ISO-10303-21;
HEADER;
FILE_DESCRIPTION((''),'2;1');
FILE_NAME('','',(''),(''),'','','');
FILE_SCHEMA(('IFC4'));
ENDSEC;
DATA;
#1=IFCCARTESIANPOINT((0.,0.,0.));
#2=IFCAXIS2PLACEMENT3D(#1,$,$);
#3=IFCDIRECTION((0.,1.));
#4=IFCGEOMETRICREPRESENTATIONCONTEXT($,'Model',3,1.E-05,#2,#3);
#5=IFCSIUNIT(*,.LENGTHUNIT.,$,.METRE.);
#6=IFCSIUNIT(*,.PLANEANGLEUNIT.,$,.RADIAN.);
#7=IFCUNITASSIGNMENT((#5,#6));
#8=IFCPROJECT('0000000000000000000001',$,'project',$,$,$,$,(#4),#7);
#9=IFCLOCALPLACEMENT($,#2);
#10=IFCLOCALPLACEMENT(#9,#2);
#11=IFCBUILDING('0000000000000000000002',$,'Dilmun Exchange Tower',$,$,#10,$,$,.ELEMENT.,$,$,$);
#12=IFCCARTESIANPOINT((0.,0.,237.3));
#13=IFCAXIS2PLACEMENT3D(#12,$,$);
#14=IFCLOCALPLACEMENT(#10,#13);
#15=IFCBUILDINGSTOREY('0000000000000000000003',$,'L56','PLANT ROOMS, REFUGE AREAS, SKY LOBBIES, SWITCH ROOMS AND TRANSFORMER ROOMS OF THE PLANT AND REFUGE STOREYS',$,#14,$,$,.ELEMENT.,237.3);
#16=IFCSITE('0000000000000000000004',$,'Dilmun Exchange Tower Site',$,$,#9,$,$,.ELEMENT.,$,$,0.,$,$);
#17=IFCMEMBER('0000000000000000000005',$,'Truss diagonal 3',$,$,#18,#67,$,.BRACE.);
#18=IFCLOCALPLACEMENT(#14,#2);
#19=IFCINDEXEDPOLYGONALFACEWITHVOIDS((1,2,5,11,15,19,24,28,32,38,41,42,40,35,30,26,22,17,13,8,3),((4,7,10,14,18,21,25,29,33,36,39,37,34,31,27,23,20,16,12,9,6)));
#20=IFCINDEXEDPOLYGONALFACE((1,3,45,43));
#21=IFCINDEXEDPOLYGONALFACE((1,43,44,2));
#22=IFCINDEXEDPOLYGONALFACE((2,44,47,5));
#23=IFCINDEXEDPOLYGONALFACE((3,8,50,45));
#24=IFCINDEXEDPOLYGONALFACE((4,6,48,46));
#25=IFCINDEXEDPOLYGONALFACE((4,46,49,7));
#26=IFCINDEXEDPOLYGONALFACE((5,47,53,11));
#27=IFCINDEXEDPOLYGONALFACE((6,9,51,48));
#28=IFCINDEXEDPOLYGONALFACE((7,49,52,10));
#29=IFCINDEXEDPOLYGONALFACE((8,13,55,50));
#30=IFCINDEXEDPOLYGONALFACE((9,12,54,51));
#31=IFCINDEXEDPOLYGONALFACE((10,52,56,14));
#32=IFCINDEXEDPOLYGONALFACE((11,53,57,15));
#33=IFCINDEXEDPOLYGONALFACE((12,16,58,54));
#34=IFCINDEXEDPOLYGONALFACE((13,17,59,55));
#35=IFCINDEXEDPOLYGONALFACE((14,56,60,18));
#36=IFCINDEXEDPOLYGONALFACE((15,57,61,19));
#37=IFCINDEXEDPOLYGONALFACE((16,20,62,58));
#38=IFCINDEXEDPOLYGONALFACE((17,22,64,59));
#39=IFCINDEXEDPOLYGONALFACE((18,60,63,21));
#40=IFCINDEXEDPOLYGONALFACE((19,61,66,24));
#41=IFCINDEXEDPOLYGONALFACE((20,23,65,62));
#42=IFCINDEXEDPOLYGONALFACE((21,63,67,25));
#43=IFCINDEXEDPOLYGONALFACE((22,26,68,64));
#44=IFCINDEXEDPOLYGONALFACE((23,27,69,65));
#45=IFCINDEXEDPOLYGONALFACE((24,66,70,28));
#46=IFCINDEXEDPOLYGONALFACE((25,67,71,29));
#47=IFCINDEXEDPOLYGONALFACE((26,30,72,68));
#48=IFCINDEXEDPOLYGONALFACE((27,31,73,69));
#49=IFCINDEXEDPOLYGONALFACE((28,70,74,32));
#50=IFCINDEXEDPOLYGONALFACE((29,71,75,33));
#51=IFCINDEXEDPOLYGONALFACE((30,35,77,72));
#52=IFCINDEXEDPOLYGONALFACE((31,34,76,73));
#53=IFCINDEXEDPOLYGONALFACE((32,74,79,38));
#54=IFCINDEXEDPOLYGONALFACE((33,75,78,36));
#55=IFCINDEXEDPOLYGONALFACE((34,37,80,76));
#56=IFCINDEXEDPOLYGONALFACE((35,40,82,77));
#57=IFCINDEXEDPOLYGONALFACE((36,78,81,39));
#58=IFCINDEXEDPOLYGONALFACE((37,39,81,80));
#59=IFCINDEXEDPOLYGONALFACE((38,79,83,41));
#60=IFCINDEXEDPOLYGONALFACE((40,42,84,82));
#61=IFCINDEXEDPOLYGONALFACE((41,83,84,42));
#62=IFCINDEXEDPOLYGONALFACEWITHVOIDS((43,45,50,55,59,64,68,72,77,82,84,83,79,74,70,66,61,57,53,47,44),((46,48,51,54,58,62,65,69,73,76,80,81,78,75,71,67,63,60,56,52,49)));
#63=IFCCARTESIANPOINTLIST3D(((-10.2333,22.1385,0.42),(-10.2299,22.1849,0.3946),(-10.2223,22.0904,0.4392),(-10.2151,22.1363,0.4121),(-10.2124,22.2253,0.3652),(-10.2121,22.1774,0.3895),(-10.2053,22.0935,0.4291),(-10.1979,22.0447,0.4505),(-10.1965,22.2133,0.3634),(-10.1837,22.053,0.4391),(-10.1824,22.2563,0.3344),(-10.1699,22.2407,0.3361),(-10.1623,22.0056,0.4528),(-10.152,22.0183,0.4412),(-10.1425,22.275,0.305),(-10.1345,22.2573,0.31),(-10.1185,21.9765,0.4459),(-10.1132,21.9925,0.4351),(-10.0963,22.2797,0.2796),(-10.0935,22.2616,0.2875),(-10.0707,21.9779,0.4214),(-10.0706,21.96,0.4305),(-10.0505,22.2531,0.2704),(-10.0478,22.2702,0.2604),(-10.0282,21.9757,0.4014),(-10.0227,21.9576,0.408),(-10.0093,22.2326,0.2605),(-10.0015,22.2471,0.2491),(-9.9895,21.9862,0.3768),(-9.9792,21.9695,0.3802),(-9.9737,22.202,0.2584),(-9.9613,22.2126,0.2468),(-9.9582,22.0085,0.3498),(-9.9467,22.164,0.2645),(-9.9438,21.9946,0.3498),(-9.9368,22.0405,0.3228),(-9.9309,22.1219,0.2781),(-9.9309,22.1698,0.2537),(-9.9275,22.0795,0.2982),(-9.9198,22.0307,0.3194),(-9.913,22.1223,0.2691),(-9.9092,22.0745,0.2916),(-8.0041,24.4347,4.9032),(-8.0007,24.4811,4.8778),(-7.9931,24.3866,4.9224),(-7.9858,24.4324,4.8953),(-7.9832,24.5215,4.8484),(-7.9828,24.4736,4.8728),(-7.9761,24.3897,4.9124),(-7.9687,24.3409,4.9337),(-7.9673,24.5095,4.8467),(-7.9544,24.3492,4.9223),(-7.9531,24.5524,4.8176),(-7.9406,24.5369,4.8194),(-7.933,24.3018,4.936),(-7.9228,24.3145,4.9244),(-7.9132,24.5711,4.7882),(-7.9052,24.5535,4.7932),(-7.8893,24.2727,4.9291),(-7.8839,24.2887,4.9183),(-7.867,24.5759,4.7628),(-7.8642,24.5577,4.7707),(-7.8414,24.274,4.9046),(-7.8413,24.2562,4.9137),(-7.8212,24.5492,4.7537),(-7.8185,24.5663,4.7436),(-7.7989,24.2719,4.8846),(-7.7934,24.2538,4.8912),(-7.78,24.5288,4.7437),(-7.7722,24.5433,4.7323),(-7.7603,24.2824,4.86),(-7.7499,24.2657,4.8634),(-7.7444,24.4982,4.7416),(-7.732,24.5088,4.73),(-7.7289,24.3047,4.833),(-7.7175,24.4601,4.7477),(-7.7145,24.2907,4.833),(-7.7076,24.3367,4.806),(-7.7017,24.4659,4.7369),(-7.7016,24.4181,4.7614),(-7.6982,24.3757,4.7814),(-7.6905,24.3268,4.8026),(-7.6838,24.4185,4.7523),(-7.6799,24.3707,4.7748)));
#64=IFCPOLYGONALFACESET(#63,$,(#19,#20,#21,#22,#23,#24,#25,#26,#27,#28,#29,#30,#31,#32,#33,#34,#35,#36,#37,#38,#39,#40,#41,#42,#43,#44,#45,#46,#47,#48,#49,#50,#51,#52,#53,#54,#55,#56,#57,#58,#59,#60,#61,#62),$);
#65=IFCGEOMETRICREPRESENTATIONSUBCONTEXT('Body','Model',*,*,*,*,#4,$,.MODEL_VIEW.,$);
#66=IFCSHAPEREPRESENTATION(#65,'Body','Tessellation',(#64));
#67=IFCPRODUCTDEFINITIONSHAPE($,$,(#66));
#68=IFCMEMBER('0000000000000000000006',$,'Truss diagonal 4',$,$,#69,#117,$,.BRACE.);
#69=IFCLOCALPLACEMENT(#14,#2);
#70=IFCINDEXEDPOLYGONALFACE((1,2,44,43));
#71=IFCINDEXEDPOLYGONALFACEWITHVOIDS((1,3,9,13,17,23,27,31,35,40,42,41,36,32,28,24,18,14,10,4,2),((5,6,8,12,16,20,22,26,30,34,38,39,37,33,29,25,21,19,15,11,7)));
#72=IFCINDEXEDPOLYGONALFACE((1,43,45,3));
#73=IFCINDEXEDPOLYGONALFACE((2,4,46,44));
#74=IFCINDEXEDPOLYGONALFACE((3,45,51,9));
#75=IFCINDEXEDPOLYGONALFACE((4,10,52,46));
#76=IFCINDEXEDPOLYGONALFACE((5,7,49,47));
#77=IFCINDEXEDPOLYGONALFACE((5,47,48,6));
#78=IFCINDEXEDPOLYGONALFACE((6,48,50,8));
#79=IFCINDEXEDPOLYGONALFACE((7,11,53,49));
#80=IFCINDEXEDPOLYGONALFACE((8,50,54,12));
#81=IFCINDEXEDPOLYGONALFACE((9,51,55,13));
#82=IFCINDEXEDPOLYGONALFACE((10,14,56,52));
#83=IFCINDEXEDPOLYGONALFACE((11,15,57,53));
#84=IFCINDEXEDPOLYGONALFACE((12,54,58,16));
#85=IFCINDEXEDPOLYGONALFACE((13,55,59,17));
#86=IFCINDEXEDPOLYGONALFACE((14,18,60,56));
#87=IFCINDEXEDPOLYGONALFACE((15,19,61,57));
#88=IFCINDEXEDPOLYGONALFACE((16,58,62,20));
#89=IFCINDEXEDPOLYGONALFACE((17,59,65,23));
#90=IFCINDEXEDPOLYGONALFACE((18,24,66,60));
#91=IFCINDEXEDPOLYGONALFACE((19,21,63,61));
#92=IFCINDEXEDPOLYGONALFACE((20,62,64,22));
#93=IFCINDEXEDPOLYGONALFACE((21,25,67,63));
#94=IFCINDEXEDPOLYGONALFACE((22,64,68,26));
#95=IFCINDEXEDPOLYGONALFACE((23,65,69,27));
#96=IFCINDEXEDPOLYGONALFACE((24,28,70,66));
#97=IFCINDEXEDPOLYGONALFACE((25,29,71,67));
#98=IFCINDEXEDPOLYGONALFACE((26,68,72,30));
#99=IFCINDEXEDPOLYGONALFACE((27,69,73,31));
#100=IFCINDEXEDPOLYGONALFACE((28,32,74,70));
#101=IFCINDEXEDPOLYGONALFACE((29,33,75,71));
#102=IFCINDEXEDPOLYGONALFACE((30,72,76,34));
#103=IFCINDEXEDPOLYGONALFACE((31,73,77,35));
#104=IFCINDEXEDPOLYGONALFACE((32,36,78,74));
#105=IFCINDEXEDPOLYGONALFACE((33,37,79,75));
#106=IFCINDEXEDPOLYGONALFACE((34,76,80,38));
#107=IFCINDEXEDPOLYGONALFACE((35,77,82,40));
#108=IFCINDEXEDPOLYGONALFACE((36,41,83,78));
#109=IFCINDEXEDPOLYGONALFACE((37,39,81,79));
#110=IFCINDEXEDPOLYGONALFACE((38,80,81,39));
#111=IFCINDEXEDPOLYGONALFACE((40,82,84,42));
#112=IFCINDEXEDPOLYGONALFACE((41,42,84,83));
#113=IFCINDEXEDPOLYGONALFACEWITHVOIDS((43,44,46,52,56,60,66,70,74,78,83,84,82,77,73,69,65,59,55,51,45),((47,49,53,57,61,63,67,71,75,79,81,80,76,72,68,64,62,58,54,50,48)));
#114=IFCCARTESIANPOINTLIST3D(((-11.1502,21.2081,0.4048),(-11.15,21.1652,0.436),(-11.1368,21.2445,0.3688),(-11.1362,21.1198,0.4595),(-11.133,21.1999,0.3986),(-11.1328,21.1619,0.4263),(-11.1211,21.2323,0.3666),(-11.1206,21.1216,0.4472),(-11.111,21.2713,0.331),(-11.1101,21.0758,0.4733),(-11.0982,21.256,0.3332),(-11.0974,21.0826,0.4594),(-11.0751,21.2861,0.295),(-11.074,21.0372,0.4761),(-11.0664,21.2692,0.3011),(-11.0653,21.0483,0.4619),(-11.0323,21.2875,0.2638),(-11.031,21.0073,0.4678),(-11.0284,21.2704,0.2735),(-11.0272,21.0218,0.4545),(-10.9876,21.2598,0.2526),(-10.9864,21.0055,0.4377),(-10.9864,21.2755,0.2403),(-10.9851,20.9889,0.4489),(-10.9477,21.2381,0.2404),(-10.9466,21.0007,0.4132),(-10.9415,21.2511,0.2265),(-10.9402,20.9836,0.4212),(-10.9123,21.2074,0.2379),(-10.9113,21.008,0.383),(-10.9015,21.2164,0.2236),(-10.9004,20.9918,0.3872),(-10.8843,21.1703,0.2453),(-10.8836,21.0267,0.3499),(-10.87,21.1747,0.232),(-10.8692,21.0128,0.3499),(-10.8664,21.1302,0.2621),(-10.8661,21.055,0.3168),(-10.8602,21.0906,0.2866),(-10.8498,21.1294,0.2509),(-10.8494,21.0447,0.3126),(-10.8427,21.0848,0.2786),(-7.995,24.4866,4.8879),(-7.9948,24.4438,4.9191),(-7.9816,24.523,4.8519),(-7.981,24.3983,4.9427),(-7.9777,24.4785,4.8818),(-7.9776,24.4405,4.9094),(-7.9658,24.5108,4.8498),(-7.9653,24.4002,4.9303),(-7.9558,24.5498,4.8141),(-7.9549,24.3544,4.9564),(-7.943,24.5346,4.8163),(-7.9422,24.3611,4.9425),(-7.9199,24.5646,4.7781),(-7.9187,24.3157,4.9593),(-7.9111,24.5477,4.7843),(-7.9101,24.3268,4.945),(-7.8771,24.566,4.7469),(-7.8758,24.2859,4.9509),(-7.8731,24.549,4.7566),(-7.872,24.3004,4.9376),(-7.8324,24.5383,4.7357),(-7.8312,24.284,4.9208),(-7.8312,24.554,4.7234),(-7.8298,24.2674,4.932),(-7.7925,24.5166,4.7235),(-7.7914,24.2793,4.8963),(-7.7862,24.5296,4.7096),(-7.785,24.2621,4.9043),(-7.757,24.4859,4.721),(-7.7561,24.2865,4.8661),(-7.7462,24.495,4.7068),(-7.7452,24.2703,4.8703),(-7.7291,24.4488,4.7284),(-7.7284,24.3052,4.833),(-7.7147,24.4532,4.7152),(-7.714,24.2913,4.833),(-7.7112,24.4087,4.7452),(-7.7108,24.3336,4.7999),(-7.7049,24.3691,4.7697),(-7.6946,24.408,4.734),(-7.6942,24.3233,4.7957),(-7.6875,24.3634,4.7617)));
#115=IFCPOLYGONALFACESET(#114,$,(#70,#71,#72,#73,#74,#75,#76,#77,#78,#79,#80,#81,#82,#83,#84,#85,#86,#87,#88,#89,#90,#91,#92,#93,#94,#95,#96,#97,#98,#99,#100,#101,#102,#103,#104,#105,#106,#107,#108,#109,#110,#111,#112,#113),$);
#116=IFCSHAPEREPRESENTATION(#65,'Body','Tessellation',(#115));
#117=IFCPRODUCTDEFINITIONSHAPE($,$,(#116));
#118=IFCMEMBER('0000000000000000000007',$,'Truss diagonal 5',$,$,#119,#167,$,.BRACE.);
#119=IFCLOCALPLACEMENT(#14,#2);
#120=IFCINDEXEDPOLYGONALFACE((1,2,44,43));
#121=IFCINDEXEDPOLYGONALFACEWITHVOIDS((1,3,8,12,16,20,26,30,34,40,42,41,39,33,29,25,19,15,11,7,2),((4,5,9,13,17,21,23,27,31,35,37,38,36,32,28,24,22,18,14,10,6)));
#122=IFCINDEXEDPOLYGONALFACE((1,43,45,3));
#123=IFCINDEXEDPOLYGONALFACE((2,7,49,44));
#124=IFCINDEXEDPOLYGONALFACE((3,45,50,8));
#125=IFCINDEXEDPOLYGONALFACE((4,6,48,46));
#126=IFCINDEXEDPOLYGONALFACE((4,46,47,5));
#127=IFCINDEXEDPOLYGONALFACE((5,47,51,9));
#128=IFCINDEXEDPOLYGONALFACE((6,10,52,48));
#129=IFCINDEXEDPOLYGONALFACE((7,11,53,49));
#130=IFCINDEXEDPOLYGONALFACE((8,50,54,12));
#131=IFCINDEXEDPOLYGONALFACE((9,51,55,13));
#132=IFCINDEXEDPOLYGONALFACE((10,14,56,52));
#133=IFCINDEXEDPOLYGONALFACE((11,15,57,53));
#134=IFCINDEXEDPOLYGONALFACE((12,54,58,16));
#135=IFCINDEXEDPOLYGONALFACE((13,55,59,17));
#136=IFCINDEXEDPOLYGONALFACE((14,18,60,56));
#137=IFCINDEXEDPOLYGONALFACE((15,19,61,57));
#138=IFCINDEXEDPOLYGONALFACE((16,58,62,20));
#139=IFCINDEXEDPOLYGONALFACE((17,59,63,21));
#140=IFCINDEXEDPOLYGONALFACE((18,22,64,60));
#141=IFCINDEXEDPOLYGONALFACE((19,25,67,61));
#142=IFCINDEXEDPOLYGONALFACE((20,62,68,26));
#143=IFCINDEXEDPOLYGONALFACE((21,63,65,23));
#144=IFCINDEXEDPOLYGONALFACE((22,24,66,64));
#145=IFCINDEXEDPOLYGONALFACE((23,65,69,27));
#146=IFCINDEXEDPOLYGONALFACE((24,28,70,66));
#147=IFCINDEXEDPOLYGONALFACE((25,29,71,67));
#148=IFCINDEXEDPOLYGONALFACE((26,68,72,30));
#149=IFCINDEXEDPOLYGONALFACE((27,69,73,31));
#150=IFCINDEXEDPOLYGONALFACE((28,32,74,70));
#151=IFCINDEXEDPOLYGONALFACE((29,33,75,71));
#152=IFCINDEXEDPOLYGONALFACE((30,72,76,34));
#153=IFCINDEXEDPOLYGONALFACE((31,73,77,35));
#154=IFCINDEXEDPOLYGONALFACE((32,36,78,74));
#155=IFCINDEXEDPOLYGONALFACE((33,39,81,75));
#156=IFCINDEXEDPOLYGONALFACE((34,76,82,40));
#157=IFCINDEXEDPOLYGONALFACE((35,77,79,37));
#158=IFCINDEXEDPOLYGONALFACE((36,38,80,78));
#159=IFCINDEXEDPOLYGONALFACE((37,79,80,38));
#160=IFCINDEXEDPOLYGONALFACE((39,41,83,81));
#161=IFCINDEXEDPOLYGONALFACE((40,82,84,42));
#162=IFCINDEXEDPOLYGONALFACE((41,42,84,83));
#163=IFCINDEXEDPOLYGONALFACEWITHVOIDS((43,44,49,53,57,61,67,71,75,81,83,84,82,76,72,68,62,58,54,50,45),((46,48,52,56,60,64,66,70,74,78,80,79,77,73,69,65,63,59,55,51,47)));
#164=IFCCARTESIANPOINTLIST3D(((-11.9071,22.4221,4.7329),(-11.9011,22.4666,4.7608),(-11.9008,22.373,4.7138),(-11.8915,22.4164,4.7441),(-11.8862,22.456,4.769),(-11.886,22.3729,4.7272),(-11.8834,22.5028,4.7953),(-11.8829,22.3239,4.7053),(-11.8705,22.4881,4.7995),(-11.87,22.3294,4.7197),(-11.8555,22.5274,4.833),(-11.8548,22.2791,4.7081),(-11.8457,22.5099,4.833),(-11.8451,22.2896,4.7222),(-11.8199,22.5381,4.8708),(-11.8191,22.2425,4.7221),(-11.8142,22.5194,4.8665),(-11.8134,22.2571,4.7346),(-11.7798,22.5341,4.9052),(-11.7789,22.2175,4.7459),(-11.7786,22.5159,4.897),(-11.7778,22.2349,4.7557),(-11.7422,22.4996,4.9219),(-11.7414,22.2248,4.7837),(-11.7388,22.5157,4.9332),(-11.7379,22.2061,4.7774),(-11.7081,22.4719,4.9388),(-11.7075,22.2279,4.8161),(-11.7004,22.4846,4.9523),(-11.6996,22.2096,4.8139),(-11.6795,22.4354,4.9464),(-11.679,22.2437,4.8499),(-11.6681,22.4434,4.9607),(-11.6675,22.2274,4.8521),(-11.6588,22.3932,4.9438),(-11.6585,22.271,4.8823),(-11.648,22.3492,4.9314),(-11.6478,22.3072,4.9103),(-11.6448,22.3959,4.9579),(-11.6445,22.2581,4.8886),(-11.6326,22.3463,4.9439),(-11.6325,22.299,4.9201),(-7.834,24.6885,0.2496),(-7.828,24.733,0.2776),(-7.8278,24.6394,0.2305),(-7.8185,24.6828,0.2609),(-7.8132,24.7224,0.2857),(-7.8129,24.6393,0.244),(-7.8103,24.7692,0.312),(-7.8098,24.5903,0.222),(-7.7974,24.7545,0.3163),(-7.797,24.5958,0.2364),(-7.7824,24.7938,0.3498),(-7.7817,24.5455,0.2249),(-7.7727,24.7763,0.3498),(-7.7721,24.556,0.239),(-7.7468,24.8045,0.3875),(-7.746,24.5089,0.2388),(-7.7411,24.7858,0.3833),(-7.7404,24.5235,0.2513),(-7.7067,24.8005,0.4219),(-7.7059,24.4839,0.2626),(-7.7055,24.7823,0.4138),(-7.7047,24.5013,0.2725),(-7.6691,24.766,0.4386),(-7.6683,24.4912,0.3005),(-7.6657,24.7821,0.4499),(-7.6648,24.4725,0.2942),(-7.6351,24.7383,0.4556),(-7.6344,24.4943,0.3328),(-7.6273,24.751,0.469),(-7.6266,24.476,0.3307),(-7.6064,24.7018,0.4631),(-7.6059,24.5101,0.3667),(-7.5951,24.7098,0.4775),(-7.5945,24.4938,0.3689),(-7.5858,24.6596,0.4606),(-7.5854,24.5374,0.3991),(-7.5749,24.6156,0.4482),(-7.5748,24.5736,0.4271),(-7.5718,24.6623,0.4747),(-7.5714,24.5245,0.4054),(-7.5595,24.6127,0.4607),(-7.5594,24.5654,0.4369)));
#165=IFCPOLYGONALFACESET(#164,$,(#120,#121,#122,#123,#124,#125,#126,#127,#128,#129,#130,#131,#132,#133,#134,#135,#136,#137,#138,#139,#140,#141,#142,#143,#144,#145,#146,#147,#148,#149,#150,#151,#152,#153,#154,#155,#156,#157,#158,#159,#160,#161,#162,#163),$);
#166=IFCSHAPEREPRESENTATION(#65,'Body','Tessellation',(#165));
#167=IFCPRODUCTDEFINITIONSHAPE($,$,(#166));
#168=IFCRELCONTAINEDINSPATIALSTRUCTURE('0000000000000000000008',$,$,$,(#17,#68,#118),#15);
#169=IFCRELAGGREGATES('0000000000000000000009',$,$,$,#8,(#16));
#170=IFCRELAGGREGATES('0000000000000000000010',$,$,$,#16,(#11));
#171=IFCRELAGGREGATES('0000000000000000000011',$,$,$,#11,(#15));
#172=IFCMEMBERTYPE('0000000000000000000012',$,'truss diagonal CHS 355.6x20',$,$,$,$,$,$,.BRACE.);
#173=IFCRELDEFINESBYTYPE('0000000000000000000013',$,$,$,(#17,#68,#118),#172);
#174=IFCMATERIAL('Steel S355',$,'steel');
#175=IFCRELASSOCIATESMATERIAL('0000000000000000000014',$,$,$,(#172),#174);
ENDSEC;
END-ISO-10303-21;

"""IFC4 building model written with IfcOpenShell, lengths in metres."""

from ifc_helpers import new_model, si_unit, direction, frame, origin, origin_2d, place, context, subcontext, project, spatial, hollow_circle, extrude, material, material_profile, profile_set, type_object, element, save


model = new_model("IFC4")

# Units and contexts
model_context = context("Model", 3, precision=1e-05, world=origin(), true_north=direction((0.0, 1.0)))
body_context = subcontext(model_context, "Body", "Model", "MODEL_VIEW")
ifc_project = project(units=[si_unit("LENGTHUNIT", "METRE"), si_unit("PLANEANGLEUNIT", "RADIAN")], contexts=[model_context])

# Site, building, storey
site_placement = place(None, origin())
site = spatial("IfcSite", under=ifc_project, at=site_placement, Name="Dilmun Exchange Tower Site", CompositionType="ELEMENT", RefElevation=0.0)
building_placement = place(site_placement, origin())
building = spatial("IfcBuilding", under=site, at=building_placement, Name="Dilmun Exchange Tower", CompositionType="ELEMENT")
storey_placement = place(building_placement, frame((0.0, 0.0, 237.3)))
storey = spatial("IfcBuildingStorey", under=building, at=storey_placement, Name="L56", Description="PLANT ROOMS, REFUGE AREAS, SKY LOBBIES, SWITCH ROOMS AND TRANSFORMER ROOMS OF THE PLANT AND REFUGE STOREYS", CompositionType="ELEMENT", Elevation=237.3)

# Shared definitions
ifc_material_1 = material(Name="Steel S355", Category="steel")

# Members
ifc_material_profile_1 = material_profile(ifc_material_1, hollow_circle(Radius=0.1777, WallThickness=0.02, at=origin_2d()), Name="CHS 355.6x20")
ifc_profile_set_1 = profile_set([ifc_material_profile_1], Name="Steel S355")
member_type_1 = type_object("IfcMemberType", Name="truss diagonal CHS 355.6x20", PredefinedType="BRACE", material=ifc_profile_set_1)
member_1_placement = place(storey_placement, frame((-7.842, 24.4146, 4.833), z_axis=(-0.404713, -0.416857, -0.813903), x_axis=(0.717481, -0.696578, 0.0)))
element("IfcMember", 1, at=member_1_placement, inside=storey, type_object=member_type_1, Name="Truss diagonal 3", PredefinedType="BRACE", context=body_context, shape_type="SweptSolid", body=[
    extrude(hollow_circle(Radius=0.1777, WallThickness=0.02, at=origin_2d()), origin(), (0.0, 0.0, 1.0), 5.5083),
])
member_2_placement = place(storey_placement, frame((-7.842, 24.4146, 4.833), z_axis=(-0.493957, -0.513258, -0.701836), x_axis=(0.720525, -0.693429, 0.0)))
element("IfcMember", 2, at=member_2_placement, inside=storey, type_object=member_type_1, Name="Truss diagonal 4", PredefinedType="BRACE", context=body_context, shape_type="SweptSolid", body=[
    extrude(hollow_circle(Radius=0.1777, WallThickness=0.02, at=origin_2d()), origin(), (0.0, 0.0, 1.0), 6.3877),
])
member_3_placement = place(storey_placement, frame((-11.769, 22.3721, 4.833), z_axis=(0.629795, 0.35044, -0.693217), x_axis=(-0.48623, 0.873831, 0.0)))
element("IfcMember", 3, at=member_3_placement, inside=storey, type_object=member_type_1, Name="Truss diagonal 5", PredefinedType="BRACE", context=body_context, shape_type="SweptSolid", body=[
    extrude(hollow_circle(Radius=0.1777, WallThickness=0.02, at=origin_2d()), origin(), (0.0, 0.0, 1.0), 6.4673),
])

save(model, "model.ifc")
